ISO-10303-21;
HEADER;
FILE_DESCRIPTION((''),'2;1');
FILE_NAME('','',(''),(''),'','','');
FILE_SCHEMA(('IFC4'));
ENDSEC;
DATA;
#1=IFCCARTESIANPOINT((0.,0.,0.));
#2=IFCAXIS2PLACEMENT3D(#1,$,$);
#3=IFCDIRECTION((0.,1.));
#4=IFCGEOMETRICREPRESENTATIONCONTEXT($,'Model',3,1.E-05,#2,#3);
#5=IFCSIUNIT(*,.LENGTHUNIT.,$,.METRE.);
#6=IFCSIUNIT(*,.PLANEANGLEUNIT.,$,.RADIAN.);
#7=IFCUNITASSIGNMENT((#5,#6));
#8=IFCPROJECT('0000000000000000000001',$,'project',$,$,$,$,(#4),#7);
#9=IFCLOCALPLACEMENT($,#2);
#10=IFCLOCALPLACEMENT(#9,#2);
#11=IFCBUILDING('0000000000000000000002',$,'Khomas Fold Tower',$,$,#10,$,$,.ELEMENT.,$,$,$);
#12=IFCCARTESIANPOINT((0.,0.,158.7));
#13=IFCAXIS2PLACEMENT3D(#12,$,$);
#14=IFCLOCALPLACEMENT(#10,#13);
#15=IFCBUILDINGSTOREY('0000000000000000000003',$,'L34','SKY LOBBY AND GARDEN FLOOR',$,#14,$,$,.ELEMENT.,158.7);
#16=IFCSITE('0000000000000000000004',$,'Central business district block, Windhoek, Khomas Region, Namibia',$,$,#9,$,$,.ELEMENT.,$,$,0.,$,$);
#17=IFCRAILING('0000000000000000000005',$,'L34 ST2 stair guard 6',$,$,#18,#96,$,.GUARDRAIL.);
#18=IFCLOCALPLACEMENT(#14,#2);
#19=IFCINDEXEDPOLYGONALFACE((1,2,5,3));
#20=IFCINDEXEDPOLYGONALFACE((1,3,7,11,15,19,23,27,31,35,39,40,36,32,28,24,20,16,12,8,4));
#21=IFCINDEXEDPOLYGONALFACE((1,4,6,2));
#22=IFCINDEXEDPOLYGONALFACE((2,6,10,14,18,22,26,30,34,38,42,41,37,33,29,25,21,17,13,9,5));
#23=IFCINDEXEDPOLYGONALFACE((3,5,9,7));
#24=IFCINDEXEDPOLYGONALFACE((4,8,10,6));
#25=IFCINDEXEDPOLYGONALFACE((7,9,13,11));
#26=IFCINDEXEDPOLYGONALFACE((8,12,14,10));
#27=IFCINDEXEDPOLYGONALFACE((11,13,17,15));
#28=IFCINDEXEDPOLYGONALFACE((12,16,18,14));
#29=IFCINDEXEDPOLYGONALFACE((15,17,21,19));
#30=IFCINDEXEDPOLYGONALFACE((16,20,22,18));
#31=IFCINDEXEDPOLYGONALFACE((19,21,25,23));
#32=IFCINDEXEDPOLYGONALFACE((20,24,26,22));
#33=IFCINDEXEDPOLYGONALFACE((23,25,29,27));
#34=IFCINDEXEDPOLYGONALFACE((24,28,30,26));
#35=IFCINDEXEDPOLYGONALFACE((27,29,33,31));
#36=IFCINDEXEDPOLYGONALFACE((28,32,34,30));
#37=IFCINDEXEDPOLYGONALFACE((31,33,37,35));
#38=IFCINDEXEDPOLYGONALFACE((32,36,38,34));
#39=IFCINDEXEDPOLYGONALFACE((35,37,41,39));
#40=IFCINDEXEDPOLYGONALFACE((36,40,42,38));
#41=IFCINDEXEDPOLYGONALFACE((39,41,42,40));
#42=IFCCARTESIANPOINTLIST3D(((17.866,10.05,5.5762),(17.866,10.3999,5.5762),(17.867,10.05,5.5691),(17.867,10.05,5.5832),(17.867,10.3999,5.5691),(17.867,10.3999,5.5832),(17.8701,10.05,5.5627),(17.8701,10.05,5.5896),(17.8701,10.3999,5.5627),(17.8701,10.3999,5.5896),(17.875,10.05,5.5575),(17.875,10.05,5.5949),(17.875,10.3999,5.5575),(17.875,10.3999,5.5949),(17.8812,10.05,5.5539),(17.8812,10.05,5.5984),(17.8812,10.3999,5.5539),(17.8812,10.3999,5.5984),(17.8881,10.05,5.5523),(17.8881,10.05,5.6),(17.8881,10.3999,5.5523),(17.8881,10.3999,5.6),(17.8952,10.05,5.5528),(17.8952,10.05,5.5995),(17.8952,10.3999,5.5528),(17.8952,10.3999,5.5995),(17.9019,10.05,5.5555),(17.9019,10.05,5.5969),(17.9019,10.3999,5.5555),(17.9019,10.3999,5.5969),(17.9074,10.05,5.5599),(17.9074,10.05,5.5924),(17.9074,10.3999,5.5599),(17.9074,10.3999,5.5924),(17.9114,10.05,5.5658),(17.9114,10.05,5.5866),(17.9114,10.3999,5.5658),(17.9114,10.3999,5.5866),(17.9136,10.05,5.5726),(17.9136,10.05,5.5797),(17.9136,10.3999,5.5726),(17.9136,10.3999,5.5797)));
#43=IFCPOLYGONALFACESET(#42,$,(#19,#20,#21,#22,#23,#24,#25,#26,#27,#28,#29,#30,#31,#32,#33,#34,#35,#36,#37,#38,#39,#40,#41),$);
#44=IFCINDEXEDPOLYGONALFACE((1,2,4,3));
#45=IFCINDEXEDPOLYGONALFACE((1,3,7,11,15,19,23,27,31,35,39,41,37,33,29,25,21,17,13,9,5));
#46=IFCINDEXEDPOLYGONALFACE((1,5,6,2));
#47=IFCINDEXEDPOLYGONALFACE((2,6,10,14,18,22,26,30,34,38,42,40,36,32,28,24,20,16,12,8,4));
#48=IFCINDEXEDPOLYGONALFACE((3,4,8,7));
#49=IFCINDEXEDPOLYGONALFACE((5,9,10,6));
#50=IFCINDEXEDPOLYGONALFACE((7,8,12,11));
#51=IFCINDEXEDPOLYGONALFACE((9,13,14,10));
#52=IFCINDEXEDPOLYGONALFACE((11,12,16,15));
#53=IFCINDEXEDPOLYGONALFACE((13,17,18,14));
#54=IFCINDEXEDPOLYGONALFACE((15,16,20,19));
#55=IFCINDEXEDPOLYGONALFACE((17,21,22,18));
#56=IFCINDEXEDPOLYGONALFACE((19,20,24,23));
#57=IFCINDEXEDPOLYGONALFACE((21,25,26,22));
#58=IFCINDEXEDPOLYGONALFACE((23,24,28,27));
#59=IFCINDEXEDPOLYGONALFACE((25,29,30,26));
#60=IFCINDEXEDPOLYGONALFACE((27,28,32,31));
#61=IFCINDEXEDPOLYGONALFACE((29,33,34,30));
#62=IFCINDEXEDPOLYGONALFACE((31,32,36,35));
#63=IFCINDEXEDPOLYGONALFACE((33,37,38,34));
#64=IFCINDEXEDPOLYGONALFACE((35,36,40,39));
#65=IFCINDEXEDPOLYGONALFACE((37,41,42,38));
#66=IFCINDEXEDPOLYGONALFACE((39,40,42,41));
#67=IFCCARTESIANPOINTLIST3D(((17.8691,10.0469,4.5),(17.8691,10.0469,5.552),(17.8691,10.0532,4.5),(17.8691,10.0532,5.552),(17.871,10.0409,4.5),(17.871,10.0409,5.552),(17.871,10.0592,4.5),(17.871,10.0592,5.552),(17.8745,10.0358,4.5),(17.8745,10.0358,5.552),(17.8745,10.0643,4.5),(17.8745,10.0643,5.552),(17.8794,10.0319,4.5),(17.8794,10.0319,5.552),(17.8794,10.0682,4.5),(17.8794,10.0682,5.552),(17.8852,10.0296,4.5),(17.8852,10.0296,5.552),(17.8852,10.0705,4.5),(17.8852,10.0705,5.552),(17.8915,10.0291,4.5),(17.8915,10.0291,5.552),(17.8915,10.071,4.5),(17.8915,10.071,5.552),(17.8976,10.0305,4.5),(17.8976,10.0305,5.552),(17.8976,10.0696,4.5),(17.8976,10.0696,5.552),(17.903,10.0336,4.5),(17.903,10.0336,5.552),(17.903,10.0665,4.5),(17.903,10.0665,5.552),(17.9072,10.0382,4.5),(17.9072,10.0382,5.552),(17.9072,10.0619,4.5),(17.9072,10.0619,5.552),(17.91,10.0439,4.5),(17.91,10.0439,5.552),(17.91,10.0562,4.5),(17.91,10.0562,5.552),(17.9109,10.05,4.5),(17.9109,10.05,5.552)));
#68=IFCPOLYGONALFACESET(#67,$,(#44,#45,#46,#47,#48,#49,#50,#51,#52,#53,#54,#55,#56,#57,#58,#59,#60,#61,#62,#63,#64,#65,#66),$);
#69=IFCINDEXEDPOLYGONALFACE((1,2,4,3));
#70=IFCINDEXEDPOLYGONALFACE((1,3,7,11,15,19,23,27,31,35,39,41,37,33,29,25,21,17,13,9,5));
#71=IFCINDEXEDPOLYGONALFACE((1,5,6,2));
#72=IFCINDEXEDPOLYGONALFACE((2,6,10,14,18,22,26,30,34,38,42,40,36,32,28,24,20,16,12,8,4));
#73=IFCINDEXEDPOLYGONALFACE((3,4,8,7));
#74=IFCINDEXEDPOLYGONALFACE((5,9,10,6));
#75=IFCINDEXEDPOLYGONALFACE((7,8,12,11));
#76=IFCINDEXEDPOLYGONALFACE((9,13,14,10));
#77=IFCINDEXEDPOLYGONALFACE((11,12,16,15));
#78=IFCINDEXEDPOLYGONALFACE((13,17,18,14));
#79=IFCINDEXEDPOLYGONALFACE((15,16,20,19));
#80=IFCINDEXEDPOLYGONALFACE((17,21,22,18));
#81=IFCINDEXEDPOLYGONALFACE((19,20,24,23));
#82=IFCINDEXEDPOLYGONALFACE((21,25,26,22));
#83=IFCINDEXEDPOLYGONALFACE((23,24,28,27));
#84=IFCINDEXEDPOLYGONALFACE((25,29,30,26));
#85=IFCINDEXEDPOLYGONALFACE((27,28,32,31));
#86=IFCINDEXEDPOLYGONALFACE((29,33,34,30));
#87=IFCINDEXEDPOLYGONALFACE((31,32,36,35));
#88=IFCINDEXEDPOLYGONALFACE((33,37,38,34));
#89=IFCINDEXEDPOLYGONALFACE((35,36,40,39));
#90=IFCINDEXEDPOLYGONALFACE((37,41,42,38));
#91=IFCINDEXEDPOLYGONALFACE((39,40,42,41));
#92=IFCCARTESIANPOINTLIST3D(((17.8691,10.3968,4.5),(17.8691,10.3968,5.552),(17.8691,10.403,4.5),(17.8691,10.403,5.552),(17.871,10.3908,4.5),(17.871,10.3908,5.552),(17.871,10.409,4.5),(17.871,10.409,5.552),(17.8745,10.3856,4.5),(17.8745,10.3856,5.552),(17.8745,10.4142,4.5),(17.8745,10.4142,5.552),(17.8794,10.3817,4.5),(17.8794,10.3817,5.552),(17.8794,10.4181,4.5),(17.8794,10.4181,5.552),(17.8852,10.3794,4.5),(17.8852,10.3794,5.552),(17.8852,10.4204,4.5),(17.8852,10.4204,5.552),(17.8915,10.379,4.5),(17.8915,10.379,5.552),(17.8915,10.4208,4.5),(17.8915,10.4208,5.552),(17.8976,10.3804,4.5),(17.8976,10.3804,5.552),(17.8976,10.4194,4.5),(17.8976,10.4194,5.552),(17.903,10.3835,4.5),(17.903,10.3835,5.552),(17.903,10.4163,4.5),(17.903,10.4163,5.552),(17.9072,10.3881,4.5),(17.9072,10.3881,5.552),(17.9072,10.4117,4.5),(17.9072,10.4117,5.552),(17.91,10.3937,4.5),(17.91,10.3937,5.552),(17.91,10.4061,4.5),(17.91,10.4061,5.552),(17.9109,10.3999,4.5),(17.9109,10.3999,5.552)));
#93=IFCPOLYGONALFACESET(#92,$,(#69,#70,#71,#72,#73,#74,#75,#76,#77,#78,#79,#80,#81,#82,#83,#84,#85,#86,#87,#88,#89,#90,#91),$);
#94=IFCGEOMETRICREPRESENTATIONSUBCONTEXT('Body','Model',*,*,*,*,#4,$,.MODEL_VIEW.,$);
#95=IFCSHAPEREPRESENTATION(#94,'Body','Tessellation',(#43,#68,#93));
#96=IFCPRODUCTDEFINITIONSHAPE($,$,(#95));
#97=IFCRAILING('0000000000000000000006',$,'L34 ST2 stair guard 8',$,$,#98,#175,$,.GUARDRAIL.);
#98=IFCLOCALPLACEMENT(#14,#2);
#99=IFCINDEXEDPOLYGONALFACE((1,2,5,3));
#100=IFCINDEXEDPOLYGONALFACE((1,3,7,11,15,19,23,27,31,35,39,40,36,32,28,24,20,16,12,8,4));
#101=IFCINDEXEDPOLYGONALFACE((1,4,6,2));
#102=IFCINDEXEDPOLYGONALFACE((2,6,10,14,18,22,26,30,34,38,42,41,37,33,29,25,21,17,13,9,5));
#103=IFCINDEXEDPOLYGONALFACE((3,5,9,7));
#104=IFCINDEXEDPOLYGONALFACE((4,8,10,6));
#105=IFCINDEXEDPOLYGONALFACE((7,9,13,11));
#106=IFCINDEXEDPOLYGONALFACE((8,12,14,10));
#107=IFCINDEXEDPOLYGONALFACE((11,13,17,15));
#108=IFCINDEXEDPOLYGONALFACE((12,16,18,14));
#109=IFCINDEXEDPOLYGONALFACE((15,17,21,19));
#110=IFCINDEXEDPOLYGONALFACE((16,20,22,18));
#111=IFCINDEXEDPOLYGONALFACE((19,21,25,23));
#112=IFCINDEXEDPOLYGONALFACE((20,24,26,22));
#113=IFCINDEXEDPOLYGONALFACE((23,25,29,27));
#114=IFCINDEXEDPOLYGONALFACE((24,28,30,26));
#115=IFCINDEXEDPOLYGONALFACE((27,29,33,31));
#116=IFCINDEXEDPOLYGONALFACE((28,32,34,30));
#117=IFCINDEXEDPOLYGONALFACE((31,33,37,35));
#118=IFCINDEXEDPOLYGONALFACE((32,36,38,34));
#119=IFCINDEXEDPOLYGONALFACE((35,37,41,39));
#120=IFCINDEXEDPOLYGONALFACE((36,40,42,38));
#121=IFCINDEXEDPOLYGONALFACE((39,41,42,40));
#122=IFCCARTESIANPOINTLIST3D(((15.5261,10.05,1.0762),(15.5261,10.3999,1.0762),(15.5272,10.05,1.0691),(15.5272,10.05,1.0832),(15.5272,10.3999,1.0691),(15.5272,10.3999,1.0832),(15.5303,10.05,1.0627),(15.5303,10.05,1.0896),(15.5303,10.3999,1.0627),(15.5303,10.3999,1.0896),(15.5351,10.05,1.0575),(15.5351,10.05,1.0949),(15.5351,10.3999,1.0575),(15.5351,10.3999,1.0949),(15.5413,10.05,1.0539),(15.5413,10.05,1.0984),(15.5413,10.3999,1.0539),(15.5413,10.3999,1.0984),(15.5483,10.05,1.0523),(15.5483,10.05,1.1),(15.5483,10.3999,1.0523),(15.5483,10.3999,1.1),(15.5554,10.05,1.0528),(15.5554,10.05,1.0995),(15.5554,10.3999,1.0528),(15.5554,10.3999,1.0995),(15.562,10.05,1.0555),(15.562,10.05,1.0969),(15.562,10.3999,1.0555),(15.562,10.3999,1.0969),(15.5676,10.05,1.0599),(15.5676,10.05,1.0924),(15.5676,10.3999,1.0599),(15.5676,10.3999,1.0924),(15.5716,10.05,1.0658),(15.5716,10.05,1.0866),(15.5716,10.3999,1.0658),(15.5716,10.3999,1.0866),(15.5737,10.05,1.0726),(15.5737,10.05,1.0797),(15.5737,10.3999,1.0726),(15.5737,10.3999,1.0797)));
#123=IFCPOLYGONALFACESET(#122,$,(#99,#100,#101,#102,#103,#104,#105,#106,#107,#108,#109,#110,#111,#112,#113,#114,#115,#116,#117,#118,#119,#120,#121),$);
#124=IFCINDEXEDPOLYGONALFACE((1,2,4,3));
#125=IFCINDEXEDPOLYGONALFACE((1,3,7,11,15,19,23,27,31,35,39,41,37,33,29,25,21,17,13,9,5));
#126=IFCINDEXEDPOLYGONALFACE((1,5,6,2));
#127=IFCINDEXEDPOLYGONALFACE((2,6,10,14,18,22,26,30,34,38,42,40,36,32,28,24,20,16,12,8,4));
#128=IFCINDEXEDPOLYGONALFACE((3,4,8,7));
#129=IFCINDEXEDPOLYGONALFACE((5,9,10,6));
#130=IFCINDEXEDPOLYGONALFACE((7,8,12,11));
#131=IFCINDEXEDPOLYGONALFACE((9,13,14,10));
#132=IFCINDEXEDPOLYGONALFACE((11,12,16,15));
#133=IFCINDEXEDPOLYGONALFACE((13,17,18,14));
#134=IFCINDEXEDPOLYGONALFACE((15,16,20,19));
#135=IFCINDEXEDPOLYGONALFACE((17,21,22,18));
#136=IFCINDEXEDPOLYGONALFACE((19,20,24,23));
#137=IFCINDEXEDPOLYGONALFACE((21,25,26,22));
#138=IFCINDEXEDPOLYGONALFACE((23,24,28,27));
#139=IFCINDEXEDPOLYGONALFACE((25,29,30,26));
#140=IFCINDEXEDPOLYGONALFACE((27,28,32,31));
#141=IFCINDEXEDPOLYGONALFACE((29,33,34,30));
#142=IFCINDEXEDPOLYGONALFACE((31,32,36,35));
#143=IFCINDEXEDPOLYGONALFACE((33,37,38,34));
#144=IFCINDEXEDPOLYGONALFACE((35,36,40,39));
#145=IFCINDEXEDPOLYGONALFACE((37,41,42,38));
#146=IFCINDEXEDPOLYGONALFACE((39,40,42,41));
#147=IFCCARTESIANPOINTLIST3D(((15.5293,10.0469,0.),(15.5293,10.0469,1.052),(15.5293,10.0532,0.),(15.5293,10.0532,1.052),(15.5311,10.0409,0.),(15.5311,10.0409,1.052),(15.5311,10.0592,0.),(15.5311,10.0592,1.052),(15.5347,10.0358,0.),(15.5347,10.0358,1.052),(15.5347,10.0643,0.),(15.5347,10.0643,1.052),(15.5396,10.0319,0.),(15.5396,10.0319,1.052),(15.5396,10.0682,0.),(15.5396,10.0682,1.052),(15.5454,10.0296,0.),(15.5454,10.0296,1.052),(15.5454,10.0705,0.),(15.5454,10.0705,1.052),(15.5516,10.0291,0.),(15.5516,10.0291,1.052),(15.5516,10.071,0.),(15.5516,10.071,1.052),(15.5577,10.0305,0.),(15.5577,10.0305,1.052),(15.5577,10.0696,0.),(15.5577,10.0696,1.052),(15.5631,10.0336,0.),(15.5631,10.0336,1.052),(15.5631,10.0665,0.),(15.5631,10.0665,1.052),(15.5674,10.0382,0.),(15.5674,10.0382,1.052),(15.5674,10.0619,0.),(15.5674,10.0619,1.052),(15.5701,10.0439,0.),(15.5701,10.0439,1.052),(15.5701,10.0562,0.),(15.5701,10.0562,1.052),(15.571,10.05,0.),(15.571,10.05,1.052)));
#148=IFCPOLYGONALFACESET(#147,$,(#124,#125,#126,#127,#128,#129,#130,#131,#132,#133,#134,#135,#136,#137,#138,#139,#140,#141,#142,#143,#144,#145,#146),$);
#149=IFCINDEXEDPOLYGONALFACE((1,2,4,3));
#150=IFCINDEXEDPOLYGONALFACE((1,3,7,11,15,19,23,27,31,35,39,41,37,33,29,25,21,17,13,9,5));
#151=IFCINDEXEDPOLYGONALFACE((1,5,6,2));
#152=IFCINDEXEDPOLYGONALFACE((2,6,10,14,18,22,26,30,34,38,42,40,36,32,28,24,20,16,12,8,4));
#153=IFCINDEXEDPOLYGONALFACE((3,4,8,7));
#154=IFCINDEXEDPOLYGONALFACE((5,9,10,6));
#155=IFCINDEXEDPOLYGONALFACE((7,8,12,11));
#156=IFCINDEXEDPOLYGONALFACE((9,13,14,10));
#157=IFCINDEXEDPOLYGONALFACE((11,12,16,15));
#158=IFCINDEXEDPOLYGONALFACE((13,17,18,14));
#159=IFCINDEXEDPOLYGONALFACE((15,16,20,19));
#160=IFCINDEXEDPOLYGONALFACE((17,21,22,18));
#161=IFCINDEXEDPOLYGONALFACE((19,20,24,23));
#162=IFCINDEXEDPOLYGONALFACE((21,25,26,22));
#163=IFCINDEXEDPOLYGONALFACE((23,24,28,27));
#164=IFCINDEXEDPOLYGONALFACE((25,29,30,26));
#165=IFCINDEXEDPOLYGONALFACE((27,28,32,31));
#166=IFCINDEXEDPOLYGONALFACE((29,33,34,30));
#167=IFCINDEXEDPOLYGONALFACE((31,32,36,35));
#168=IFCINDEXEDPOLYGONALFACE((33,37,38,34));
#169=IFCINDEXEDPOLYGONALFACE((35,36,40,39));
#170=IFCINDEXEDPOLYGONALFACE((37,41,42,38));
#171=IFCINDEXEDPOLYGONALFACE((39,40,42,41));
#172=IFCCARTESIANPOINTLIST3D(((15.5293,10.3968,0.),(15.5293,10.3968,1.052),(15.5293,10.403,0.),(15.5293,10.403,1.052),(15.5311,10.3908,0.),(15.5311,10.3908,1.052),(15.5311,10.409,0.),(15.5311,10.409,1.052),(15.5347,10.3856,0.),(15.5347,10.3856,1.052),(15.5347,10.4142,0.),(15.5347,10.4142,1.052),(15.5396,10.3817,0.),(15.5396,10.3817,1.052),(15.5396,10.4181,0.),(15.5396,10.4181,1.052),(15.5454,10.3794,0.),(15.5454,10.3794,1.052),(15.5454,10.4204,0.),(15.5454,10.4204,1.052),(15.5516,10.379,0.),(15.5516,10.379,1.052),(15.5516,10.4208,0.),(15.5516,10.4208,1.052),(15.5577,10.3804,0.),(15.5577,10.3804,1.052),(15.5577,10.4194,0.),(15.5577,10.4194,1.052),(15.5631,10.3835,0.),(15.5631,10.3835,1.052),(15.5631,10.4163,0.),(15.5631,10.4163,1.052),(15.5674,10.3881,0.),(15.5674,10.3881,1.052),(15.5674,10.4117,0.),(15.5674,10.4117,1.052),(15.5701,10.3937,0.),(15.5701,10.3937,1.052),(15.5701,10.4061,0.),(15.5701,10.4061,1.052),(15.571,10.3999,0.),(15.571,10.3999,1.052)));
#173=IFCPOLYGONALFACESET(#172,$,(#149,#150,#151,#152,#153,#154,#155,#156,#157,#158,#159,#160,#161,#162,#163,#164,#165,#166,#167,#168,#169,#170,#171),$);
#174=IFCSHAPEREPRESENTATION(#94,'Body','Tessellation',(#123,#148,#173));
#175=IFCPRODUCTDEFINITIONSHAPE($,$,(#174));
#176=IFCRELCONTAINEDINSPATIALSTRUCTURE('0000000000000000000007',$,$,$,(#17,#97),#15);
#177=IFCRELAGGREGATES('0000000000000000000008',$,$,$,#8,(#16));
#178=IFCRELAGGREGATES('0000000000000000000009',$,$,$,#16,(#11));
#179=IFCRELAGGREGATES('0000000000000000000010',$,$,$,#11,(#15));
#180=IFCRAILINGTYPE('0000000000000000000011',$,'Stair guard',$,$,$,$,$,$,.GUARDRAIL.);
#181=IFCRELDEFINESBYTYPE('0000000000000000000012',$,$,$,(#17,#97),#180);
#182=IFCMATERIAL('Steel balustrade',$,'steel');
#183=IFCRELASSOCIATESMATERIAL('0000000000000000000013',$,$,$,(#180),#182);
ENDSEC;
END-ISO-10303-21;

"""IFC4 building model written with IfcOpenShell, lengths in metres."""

from ifc_helpers import new_model, si_unit, direction, frame, origin, origin_2d, place, context, subcontext, project, spatial, circle, extrude, source, transform, mapped, material, type_object, element, save


model = new_model("IFC4")

# Units and contexts
model_context = context("Model", 3, precision=1e-05, world=origin(), true_north=direction((0.0, 1.0)))
body_context = subcontext(model_context, "Body", "Model", "MODEL_VIEW")
ifc_project = project(units=[si_unit("LENGTHUNIT", "METRE"), si_unit("PLANEANGLEUNIT", "RADIAN")], contexts=[model_context])

# Site, building, storey
site_placement = place(None, origin())
site = spatial("IfcSite", under=ifc_project, at=site_placement, Name="Central business district block, Windhoek, Khomas Region, Namibia", CompositionType="ELEMENT", RefElevation=0.0)
building_placement = place(site_placement, origin())
building = spatial("IfcBuilding", under=site, at=building_placement, Name="Khomas Fold Tower", CompositionType="ELEMENT")
storey_placement = place(building_placement, frame((0.0, 0.0, 158.7)))
storey = spatial("IfcBuildingStorey", under=building, at=storey_placement, Name="L34", Description="SKY LOBBY AND GARDEN FLOOR", CompositionType="ELEMENT", Elevation=158.7)

# Railings
ifc_material_1 = material(Name="Steel balustrade", Category="steel")
railing_type_1 = type_object("IfcRailingType", Name="Stair guard", PredefinedType="GUARDRAIL", material=ifc_material_1)
shared_shape_1 = source(origin(), body_context, "Body", "SweptSolid", [
    extrude(circle(Radius=0.0239, at=origin_2d()), frame((0.0, 0.0, 1.0762), z_axis=(0.0, 1.0, 0.0), x_axis=(-1.0, 0.0, 0.0)), (0.0, 0.0, 1.0), 0.3499),
    extrude(circle(Radius=0.021, at=origin_2d()), origin(), (0.0, 0.0, 1.0), 1.052),
    extrude(circle(Radius=0.021, at=origin_2d()), frame((0.0, 0.3499, 0.0)), (0.0, 0.0, 1.0), 1.052),
])
for number, where, name in (
    (1, (17.8899, 10.05, 4.5), "L34 ST2 stair guard 6"),
    (2, (15.55, 10.05, 0.0), "L34 ST2 stair guard 8"),
):
    element("IfcRailing", number, at=place(storey_placement, frame(where)), inside=storey, type_object=railing_type_1, Name=name, PredefinedType="GUARDRAIL", context=body_context, shape_type="MappedRepresentation", body=[
        mapped(shared_shape_1, transform((0.0, 0.0, 0.0))),
    ])

save(model, "model.ifc")
